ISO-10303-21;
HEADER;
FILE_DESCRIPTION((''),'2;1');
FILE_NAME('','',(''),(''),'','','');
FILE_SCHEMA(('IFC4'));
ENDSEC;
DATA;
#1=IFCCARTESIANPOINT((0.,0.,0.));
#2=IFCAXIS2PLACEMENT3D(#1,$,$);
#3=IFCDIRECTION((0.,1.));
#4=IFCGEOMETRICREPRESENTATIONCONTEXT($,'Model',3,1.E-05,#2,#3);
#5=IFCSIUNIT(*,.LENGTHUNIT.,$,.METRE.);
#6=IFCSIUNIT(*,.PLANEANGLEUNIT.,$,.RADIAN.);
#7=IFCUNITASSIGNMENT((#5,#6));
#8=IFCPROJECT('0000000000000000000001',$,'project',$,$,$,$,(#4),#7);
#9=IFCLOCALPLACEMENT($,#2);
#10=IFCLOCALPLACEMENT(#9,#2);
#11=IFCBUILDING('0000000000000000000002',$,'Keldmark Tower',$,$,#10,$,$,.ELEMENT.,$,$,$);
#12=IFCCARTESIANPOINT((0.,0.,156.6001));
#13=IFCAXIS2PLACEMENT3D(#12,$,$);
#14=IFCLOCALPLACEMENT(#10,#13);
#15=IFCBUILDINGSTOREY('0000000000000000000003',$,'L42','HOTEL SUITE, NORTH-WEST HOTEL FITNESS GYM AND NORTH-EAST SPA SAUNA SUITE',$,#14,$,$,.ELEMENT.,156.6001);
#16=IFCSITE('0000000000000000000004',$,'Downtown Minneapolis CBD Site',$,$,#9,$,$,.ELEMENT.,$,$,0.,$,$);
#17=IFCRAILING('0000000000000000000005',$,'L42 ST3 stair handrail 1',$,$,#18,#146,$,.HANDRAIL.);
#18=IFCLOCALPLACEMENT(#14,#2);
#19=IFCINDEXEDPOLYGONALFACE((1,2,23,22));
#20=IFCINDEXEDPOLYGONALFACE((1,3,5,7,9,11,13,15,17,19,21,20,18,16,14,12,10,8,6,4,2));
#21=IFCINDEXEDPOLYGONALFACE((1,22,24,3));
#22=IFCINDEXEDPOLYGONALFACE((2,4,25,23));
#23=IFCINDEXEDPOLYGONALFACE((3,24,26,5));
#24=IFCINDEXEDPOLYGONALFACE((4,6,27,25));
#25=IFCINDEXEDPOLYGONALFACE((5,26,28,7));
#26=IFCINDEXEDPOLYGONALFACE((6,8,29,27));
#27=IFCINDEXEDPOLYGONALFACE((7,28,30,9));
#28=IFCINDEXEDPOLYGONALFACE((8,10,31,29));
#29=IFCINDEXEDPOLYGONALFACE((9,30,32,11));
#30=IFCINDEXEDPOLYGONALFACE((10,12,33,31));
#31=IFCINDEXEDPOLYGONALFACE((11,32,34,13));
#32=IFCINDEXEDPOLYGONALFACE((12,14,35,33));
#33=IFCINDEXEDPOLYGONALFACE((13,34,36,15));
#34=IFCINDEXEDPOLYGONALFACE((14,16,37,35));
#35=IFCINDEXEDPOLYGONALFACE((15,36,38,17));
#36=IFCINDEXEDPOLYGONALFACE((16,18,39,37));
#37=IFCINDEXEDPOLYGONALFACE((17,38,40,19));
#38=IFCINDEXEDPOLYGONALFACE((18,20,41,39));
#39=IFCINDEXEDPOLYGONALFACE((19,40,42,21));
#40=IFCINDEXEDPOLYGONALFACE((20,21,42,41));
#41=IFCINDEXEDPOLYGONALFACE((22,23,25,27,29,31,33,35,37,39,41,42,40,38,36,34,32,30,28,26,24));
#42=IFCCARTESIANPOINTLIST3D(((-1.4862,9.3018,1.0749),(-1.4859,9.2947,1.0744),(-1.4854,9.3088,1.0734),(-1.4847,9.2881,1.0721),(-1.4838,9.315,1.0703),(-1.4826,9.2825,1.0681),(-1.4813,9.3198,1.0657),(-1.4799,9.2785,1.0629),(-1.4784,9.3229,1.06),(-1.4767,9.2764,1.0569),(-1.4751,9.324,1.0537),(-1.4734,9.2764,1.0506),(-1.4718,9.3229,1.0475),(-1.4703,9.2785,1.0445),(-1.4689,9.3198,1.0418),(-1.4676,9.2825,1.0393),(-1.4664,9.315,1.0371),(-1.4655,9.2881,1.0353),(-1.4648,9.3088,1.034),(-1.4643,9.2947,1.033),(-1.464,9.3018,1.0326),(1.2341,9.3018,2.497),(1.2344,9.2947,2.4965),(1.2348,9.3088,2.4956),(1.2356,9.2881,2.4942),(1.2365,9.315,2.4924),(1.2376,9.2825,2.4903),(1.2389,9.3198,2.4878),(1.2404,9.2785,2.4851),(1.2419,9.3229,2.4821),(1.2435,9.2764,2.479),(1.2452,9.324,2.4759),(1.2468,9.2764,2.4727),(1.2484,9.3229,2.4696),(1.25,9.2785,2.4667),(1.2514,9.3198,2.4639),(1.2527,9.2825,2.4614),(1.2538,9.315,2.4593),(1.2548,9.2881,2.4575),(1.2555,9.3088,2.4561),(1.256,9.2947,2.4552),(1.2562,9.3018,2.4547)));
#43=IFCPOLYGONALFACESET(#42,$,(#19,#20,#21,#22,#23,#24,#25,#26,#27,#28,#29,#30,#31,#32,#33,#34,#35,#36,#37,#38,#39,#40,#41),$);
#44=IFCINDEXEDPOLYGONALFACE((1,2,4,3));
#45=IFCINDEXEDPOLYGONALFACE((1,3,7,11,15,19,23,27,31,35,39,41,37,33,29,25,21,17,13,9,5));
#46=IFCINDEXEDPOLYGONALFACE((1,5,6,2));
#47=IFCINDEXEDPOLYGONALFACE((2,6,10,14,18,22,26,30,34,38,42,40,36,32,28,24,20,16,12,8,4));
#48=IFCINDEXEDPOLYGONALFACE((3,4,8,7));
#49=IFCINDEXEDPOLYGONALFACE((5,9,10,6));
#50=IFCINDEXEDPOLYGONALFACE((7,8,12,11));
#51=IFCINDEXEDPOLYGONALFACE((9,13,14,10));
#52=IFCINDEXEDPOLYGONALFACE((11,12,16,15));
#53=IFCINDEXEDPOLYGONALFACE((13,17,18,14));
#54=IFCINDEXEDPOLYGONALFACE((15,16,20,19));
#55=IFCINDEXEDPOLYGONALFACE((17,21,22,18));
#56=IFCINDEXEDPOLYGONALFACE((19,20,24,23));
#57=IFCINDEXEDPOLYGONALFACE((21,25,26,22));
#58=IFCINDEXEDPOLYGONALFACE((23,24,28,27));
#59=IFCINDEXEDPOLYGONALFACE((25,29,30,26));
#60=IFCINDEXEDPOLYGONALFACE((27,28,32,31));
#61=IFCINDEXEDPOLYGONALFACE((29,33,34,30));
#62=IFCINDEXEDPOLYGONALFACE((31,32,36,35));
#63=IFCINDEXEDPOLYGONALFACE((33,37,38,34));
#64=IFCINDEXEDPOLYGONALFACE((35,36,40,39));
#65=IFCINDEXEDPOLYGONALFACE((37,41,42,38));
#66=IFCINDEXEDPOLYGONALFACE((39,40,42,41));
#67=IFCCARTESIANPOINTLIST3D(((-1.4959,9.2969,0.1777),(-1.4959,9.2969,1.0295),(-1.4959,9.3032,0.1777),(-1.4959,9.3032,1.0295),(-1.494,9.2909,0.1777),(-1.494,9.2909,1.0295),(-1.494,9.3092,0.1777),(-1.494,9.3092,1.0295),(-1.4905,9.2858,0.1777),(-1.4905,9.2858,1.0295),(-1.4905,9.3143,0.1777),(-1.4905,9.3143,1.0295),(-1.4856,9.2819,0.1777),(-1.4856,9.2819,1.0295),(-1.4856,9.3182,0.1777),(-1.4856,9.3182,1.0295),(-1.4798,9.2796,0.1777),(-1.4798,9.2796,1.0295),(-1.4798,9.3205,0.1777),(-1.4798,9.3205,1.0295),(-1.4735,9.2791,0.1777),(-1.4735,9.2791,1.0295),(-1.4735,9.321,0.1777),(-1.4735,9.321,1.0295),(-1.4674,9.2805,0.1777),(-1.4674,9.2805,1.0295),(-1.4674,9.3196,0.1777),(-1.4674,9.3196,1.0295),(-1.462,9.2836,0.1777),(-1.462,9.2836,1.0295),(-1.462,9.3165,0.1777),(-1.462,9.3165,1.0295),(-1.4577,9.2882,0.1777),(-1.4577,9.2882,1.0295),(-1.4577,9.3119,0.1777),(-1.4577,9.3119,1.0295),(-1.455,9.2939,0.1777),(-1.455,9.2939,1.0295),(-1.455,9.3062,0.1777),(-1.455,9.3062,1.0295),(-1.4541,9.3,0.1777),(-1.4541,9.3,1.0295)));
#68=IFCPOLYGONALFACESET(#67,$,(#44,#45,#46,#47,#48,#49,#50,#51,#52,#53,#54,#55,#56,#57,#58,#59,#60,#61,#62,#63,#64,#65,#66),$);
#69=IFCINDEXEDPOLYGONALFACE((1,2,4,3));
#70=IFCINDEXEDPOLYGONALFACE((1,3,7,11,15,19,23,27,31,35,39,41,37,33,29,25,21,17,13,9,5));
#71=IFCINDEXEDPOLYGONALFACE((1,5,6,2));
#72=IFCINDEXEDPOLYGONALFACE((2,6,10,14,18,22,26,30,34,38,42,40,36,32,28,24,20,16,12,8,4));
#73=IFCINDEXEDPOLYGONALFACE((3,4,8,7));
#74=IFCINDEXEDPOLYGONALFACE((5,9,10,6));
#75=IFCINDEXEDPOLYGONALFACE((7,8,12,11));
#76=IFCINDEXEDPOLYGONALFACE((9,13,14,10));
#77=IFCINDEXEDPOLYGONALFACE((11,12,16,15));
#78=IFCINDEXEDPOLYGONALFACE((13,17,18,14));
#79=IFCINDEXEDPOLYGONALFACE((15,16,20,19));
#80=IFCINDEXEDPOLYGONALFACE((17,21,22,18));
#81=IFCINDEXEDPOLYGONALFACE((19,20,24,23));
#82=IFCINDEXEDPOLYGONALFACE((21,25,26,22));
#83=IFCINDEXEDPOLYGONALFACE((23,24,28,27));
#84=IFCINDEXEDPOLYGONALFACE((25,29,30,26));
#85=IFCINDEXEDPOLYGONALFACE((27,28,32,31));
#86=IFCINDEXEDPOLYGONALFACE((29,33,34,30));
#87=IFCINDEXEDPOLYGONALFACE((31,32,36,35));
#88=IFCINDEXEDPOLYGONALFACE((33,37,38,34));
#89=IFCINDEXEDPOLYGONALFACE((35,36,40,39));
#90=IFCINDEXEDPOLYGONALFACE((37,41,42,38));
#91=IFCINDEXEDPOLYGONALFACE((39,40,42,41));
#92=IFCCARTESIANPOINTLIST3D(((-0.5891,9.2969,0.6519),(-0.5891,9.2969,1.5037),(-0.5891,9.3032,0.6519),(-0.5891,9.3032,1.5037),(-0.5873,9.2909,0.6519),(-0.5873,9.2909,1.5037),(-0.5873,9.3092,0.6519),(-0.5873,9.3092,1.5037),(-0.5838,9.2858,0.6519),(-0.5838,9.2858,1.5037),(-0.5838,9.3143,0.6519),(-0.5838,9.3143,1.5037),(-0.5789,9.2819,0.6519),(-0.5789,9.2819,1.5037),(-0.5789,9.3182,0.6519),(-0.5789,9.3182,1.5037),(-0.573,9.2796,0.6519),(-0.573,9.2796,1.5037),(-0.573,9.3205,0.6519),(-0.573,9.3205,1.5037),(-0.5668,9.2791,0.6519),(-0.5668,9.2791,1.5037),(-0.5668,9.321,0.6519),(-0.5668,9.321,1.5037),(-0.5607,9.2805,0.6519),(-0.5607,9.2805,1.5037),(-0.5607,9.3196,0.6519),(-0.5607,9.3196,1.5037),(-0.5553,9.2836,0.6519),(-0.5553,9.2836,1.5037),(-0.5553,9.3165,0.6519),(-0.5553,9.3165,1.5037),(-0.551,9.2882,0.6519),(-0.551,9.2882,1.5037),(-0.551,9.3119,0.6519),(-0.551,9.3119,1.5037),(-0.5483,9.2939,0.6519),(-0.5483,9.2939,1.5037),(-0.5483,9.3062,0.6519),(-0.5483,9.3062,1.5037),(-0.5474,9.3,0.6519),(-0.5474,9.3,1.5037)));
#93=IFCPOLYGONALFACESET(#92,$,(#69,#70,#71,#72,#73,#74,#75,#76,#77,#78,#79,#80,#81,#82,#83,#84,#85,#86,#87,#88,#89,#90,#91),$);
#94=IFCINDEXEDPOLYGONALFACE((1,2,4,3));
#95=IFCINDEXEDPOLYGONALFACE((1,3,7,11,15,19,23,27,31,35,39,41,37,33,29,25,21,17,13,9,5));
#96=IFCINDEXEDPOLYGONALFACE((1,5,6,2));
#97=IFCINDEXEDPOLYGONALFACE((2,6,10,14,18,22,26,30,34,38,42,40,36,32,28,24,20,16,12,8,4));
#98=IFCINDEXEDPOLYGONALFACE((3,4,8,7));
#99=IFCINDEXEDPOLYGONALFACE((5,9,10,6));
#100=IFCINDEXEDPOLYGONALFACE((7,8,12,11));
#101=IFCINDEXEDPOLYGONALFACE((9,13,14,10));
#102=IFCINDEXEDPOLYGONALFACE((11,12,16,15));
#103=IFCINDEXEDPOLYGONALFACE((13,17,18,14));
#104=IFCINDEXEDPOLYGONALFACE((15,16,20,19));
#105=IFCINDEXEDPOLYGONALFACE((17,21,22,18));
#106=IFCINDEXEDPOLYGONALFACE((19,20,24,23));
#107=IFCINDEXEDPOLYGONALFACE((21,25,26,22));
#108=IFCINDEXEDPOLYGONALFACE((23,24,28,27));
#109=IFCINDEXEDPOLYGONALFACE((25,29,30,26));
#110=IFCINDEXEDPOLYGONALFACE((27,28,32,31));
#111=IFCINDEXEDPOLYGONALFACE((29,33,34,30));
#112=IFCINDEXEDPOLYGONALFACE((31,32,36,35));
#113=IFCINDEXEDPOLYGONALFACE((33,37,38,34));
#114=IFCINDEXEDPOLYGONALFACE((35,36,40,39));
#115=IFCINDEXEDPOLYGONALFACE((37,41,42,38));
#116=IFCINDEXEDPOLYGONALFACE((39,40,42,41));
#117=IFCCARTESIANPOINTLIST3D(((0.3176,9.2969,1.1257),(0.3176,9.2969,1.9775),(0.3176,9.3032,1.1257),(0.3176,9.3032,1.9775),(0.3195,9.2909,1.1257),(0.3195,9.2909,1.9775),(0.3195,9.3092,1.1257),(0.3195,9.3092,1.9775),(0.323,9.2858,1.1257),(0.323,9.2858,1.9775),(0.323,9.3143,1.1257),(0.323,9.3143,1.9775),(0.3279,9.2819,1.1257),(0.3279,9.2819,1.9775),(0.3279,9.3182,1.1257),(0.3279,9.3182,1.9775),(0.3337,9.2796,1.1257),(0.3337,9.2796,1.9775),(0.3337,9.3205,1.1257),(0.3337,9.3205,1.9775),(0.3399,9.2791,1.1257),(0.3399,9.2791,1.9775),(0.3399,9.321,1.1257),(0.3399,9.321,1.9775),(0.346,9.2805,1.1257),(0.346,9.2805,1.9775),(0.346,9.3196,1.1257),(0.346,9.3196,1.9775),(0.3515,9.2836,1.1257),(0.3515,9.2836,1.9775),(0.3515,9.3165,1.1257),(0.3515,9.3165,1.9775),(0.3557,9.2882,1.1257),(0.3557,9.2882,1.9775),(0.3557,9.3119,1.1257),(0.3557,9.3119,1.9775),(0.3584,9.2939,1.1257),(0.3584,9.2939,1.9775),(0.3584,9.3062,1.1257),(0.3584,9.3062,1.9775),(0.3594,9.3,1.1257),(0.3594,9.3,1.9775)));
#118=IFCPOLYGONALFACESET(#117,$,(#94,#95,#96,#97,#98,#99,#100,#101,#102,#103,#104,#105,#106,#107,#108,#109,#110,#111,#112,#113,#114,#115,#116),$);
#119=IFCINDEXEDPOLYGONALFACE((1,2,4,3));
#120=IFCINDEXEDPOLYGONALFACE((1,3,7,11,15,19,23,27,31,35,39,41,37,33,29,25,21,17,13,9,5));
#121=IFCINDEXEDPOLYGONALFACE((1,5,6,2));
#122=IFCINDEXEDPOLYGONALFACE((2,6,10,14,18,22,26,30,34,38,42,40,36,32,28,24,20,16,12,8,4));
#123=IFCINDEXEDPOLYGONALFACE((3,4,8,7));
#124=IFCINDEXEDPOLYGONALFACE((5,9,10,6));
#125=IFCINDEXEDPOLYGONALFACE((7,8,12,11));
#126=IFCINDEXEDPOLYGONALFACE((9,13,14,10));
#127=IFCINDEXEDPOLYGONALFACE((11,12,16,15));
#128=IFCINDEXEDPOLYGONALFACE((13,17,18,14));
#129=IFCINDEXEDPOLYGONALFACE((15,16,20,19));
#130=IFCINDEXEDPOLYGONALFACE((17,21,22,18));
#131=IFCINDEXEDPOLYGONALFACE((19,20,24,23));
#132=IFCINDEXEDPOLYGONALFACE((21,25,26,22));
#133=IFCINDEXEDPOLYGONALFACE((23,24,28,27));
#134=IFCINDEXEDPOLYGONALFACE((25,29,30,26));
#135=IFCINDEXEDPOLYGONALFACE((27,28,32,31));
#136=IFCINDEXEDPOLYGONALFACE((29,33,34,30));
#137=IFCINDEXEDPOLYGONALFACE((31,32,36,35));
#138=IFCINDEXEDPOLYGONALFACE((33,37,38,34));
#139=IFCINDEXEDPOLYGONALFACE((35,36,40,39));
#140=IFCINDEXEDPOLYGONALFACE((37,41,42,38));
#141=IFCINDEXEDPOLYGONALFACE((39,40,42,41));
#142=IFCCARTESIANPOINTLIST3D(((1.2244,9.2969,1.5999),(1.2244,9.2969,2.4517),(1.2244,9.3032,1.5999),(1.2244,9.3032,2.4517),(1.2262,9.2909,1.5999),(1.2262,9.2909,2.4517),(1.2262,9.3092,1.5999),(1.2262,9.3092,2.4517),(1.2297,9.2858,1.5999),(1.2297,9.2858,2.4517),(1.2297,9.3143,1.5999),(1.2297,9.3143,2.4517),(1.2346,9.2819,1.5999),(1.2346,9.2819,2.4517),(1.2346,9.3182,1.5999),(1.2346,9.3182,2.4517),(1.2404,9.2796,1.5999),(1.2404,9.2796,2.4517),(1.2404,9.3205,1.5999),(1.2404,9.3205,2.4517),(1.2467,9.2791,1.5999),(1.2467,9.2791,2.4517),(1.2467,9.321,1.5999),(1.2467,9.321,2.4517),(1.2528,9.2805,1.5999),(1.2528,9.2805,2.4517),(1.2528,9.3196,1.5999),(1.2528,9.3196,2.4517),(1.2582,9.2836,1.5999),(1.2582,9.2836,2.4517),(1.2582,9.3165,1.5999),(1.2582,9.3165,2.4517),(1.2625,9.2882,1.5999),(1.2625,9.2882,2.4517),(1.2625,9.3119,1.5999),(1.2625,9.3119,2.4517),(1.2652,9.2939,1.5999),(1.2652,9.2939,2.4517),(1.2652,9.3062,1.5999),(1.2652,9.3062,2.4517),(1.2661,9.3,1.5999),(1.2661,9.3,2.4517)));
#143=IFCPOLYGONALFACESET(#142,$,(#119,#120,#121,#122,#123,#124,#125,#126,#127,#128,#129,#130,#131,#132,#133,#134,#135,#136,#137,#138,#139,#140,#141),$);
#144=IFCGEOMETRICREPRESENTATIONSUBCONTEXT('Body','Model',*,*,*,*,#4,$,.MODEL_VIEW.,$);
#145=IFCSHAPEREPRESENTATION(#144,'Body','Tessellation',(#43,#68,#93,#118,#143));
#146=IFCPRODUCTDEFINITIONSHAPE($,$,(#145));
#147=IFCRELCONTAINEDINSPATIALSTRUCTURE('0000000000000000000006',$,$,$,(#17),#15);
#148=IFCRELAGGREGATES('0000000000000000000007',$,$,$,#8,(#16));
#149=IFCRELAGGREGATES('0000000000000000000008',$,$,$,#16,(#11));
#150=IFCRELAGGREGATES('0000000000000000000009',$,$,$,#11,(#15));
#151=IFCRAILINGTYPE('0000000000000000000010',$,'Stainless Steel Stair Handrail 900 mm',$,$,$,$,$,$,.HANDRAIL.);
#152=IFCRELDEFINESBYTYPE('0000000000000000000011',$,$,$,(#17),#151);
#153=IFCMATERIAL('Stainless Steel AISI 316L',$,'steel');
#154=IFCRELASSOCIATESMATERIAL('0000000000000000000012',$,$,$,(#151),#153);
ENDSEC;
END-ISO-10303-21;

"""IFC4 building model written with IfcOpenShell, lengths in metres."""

from ifc_helpers import new_model, si_unit, direction, frame, origin, origin_2d, place, context, subcontext, project, spatial, circle, extrude, material, type_object, element, save


model = new_model("IFC4")

# Units and contexts
model_context = context("Model", 3, precision=1e-05, world=origin(), true_north=direction((0.0, 1.0)))
body_context = subcontext(model_context, "Body", "Model", "MODEL_VIEW")
ifc_project = project(units=[si_unit("LENGTHUNIT", "METRE"), si_unit("PLANEANGLEUNIT", "RADIAN")], contexts=[model_context])

# Site, building, storey
site_placement = place(None, origin())
site = spatial("IfcSite", under=ifc_project, at=site_placement, Name="Downtown Minneapolis CBD Site", CompositionType="ELEMENT", RefElevation=0.0)
building_placement = place(site_placement, origin())
building = spatial("IfcBuilding", under=site, at=building_placement, Name="Keldmark Tower", CompositionType="ELEMENT")
storey_placement = place(building_placement, frame((0.0, 0.0, 156.6001)))
storey = spatial("IfcBuildingStorey", under=building, at=storey_placement, Name="L42", Description="HOTEL SUITE, NORTH-WEST HOTEL FITNESS GYM AND NORTH-EAST SPA SAUNA SUITE", CompositionType="ELEMENT", Elevation=156.6001)

# Railing
ifc_material_1 = material(Name="Stainless Steel AISI 316L", Category="steel")
railing_type_1 = type_object("IfcRailingType", Name="Stainless Steel Stair Handrail 900 mm", PredefinedType="HANDRAIL", material=ifc_material_1)
railing_1_placement = place(storey_placement, frame((-1.4751, 9.3, 0.1777)))
element("IfcRailing", 1, at=railing_1_placement, inside=storey, type_object=railing_type_1, Name="L42 ST3 stair handrail 1", PredefinedType="HANDRAIL", context=body_context, shape_type="SweptSolid", body=[
    extrude(circle(Radius=0.0239, at=origin_2d()), frame((0.0, 0.0, 0.876), z_axis=(0.8862, 0.0, 0.463302), x_axis=(0.0, 1.0, 0.0)), (0.0, 0.0, 1.0), 3.0696),
    extrude(circle(Radius=0.021, at=origin_2d()), origin(), (0.0, 0.0, 1.0), 0.8518),
    extrude(circle(Radius=0.021, at=origin_2d()), frame((0.9067, 0.0, 0.4741)), (0.0, 0.0, 1.0), 0.8518),
    extrude(circle(Radius=0.021, at=origin_2d()), frame((1.8135, 0.0, 0.948)), (0.0, 0.0, 1.0), 0.8518),
    extrude(circle(Radius=0.021, at=origin_2d()), frame((2.7202, 0.0, 1.4221)), (0.0, 0.0, 1.0), 0.8518),
])

save(model, "model.ifc")
